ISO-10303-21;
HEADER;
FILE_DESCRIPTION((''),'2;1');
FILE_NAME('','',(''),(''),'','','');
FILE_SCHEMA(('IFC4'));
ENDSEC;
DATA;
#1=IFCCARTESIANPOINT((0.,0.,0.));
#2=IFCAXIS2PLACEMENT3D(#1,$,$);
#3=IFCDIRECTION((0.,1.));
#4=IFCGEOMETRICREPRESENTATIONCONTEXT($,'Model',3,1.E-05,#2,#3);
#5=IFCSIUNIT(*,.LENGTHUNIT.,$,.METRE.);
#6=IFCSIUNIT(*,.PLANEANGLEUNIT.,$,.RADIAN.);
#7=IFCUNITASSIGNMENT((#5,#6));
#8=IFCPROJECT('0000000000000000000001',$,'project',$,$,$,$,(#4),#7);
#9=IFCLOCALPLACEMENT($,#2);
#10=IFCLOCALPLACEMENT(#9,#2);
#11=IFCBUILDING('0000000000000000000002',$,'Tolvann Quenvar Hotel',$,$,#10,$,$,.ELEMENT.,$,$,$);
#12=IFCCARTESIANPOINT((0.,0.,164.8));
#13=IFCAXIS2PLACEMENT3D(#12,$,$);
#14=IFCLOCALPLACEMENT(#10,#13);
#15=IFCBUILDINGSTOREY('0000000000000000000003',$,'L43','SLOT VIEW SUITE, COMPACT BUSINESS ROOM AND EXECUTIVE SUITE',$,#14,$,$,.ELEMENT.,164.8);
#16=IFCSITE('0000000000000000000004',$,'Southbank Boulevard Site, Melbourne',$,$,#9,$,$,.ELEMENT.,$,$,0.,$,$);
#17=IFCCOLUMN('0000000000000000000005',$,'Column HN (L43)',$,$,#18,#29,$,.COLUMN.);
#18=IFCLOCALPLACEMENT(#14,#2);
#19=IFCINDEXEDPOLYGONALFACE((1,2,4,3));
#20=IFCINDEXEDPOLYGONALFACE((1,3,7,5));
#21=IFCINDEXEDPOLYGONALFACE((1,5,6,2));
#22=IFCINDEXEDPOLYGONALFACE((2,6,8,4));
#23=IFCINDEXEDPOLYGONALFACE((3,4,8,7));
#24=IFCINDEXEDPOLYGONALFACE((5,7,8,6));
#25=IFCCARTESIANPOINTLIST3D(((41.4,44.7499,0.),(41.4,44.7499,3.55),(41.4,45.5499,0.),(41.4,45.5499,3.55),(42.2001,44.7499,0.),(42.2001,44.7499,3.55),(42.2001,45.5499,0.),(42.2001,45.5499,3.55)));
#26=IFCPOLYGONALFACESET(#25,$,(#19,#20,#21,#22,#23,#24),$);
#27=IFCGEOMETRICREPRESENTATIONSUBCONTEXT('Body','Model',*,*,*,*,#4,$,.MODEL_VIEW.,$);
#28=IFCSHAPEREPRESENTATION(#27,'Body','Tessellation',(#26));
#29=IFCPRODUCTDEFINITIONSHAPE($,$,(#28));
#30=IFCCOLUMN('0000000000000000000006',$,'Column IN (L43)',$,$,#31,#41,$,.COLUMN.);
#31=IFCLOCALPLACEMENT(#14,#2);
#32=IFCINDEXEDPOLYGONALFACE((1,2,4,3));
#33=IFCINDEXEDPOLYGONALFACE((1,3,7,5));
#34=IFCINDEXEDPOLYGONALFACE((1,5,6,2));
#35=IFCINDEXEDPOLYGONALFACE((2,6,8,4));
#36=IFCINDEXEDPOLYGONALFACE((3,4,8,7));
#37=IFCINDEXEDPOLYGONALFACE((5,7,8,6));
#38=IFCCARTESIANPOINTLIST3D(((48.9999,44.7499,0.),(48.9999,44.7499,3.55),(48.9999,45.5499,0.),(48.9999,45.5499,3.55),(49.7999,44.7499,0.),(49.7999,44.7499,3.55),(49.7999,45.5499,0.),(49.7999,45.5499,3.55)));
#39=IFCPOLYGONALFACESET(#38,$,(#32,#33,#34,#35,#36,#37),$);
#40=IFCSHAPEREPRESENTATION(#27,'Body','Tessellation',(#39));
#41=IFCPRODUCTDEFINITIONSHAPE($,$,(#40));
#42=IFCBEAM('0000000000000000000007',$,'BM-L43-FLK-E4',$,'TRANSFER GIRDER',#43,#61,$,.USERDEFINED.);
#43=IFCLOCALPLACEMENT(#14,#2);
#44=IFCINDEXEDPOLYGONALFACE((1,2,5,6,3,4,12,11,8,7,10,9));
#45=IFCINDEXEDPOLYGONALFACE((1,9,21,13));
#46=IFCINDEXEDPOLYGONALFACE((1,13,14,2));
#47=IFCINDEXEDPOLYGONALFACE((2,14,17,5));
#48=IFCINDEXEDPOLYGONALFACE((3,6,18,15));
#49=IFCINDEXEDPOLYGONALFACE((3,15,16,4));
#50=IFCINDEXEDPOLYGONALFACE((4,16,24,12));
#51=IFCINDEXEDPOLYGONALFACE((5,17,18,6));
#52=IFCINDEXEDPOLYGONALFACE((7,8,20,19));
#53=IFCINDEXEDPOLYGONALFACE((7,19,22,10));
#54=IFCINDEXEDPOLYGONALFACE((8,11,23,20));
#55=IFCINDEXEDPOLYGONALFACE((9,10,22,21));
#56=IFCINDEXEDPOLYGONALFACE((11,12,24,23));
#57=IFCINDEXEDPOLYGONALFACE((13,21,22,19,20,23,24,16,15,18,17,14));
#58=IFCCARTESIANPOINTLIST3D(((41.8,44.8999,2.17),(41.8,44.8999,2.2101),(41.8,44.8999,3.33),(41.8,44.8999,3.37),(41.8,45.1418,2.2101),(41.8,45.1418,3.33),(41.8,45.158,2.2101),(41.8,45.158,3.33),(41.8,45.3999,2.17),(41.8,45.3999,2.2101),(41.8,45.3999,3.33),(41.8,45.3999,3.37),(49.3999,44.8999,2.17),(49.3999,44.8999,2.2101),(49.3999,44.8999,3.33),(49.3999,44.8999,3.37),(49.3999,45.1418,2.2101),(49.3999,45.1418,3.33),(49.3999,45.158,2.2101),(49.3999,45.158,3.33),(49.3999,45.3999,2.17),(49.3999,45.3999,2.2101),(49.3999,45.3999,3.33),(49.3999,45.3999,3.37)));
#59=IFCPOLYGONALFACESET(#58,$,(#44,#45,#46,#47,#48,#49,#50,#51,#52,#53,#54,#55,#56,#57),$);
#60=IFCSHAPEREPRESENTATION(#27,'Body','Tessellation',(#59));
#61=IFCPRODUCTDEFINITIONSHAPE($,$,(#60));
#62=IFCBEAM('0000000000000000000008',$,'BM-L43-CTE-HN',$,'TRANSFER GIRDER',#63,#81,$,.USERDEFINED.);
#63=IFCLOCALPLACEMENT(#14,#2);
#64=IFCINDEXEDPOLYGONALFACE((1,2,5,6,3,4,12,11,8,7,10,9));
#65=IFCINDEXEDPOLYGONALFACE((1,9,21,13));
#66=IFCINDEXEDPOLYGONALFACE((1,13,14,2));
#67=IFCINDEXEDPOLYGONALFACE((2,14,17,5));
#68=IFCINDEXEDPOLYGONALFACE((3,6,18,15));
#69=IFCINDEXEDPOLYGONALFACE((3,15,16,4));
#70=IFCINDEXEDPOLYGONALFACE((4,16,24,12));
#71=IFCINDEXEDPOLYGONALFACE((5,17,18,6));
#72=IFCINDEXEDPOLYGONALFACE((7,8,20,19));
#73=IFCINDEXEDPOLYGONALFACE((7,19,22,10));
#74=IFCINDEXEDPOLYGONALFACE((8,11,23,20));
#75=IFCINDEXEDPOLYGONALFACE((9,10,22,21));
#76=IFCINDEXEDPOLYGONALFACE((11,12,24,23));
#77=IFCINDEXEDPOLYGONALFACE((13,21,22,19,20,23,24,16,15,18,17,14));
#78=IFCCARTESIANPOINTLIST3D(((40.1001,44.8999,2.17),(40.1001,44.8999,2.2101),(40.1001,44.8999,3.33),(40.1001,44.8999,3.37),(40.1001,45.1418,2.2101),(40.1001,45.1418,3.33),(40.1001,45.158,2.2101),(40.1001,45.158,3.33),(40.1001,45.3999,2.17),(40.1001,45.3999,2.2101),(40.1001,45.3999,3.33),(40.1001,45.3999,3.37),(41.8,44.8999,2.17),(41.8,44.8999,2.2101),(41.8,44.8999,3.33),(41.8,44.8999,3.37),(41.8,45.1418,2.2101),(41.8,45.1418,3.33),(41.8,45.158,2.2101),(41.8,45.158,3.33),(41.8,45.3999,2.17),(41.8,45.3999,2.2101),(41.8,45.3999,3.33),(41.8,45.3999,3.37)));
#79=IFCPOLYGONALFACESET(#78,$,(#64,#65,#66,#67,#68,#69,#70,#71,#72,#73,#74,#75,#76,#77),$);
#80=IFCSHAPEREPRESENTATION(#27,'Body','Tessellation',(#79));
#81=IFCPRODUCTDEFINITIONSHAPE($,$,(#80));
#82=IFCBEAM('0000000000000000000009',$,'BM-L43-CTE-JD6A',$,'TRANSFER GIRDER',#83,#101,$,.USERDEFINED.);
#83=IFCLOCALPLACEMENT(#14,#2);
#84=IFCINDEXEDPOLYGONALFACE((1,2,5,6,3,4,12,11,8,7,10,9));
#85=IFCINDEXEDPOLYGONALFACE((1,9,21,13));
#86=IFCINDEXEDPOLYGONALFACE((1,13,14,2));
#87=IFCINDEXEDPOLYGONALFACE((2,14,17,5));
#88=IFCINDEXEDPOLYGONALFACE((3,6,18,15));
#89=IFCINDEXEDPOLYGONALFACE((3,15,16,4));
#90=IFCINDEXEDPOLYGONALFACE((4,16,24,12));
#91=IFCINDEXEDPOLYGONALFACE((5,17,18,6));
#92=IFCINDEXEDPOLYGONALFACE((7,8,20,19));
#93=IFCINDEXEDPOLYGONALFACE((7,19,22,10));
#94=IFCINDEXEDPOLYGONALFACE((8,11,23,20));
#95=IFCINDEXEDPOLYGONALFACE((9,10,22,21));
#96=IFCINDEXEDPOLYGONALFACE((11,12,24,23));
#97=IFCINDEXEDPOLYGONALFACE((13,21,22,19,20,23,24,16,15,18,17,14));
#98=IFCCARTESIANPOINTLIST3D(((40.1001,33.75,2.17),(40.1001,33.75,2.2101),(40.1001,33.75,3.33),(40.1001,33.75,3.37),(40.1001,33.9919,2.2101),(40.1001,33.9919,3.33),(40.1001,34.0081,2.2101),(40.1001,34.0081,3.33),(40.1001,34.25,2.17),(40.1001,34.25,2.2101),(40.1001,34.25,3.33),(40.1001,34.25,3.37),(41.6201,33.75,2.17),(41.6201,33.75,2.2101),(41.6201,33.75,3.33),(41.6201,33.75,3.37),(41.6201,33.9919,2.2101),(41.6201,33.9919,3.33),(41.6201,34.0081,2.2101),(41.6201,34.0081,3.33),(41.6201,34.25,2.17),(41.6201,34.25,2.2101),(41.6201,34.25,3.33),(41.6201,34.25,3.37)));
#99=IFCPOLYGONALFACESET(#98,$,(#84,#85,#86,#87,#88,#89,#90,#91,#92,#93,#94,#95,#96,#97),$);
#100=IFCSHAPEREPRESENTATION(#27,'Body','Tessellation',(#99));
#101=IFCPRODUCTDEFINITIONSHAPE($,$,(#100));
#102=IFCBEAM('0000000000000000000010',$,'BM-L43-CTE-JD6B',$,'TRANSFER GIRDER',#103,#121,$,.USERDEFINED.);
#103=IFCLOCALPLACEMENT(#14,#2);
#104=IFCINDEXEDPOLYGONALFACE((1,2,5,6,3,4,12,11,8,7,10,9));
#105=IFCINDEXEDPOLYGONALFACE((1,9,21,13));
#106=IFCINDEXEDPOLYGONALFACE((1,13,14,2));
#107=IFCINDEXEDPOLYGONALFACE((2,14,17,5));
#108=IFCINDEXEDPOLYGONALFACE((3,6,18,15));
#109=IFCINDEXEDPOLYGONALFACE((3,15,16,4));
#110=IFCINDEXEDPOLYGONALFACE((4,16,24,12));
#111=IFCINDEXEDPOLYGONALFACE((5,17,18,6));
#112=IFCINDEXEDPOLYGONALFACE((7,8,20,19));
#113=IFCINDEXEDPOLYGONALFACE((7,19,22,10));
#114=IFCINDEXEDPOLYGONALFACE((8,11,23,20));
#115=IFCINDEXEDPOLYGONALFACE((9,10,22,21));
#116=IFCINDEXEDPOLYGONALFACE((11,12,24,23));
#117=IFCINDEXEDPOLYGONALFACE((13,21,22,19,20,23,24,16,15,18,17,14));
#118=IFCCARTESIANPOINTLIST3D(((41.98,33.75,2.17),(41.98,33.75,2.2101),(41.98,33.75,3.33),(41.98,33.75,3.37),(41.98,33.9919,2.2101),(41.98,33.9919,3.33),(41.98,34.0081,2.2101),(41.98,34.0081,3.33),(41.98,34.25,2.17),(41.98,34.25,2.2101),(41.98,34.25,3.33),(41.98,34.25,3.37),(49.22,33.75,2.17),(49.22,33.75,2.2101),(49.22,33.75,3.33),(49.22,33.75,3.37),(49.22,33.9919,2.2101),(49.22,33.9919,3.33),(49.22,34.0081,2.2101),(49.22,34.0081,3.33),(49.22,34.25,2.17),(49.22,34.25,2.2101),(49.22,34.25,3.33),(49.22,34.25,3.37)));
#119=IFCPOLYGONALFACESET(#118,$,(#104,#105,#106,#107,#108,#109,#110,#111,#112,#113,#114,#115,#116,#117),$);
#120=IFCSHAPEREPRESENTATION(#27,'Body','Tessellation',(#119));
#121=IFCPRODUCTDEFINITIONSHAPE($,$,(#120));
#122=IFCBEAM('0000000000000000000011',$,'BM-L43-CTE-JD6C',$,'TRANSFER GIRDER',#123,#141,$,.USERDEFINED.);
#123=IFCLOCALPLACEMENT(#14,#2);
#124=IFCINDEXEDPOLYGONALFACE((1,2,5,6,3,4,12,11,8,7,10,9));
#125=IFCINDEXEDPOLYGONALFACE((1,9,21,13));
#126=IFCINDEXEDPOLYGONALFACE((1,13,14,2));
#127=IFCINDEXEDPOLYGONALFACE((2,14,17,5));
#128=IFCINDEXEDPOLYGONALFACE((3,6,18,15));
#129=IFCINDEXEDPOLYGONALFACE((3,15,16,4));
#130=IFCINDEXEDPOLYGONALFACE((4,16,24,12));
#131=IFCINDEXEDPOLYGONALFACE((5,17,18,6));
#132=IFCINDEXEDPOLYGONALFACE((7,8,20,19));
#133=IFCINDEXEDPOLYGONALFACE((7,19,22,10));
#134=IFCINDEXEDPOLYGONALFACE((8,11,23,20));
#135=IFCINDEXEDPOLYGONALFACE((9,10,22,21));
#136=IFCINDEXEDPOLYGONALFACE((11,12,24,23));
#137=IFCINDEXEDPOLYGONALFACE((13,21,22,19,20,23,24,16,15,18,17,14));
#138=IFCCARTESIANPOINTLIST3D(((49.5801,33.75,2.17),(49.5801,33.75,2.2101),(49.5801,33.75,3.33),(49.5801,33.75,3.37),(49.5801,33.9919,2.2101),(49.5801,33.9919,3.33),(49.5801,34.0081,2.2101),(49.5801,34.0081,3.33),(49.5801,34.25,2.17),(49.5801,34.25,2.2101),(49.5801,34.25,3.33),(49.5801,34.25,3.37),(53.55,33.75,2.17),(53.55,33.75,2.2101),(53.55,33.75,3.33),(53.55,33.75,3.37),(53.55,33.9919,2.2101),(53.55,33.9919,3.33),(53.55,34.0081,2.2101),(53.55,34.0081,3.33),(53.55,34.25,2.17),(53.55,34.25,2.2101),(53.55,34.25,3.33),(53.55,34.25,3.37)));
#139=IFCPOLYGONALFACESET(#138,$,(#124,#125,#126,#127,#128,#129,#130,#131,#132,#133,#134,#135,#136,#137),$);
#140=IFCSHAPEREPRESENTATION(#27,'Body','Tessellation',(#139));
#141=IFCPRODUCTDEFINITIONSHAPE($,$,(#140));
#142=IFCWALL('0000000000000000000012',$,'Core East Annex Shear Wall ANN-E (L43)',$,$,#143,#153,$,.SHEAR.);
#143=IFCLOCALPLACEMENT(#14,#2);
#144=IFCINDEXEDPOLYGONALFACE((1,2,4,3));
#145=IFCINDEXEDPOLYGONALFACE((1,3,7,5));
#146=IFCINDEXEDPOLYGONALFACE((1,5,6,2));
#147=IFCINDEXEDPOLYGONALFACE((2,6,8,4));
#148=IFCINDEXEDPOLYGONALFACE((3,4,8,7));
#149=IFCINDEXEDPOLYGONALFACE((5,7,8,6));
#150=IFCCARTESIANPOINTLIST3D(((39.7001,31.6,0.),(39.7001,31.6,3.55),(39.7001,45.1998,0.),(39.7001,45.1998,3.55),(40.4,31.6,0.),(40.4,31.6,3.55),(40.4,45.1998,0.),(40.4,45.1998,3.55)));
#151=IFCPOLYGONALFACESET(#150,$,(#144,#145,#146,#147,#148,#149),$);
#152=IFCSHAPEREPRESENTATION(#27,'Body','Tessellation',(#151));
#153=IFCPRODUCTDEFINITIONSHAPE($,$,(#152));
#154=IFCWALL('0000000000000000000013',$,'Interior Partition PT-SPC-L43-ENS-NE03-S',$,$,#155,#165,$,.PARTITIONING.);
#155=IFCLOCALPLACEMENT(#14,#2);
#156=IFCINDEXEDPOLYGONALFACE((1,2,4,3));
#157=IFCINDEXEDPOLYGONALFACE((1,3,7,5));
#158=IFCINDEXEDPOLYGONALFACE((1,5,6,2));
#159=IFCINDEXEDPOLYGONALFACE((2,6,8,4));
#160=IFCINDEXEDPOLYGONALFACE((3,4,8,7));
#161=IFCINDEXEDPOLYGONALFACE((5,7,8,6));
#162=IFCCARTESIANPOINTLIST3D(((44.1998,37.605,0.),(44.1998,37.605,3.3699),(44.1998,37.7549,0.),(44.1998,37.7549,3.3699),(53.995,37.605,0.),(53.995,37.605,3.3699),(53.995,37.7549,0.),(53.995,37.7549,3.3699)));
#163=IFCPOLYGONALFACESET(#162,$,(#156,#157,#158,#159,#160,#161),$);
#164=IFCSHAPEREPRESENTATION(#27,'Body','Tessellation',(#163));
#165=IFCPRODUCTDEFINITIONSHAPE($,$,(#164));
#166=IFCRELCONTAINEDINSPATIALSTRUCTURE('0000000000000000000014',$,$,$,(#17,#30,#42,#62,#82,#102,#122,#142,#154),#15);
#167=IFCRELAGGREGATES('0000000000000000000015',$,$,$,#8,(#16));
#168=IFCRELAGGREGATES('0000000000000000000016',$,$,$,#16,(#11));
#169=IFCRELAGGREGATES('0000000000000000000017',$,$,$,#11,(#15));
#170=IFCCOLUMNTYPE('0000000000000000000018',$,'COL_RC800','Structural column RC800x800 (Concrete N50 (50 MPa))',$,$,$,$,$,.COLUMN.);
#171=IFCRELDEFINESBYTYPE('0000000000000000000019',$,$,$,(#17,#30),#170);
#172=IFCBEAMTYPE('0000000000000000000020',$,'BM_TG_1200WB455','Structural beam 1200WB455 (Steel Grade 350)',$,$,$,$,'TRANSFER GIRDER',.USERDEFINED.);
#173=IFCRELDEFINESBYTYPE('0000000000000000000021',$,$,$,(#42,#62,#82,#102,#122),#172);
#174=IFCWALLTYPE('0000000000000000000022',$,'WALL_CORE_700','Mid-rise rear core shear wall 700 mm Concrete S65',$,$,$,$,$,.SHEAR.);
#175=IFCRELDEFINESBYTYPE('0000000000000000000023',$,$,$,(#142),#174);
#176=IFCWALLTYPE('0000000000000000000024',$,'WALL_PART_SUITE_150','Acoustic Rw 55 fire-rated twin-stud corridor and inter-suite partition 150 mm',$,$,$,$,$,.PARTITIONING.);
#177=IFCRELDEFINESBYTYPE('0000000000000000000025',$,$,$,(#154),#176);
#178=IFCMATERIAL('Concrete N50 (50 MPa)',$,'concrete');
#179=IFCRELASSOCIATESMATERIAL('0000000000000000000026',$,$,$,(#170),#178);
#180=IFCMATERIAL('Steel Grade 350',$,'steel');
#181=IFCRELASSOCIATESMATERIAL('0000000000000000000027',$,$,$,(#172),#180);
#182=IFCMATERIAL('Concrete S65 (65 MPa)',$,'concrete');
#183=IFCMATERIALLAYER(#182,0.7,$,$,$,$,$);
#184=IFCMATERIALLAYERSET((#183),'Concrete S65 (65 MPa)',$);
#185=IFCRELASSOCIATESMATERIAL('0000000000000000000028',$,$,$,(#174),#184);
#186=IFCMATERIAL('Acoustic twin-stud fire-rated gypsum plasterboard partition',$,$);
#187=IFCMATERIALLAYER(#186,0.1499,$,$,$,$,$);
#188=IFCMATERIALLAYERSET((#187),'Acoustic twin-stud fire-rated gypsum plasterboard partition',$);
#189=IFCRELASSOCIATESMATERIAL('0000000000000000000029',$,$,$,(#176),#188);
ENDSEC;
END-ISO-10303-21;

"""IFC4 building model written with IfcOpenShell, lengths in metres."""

from ifc_helpers import new_model, si_unit, direction, frame, frame_2d, origin, origin_2d, place, context, subcontext, project, spatial, rectangle, i_section, extrude, source, transform, mapped, material, layer, layer_set, material_profile, profile_set, type_object, type_shapes, element, save


model = new_model("IFC4")

# Units and contexts
model_context = context("Model", 3, precision=1e-05, world=origin(), true_north=direction((0.0, 1.0)))
body_context = subcontext(model_context, "Body", "Model", "MODEL_VIEW")
ifc_project = project(units=[si_unit("LENGTHUNIT", "METRE"), si_unit("PLANEANGLEUNIT", "RADIAN")], contexts=[model_context])

# Site, building, storey
site_placement = place(None, origin())
site = spatial("IfcSite", under=ifc_project, at=site_placement, Name="Southbank Boulevard Site, Melbourne", CompositionType="ELEMENT", RefElevation=0.0)
building_placement = place(site_placement, origin())
building = spatial("IfcBuilding", under=site, at=building_placement, Name="Tolvann Quenvar Hotel", CompositionType="ELEMENT")
storey_placement = place(building_placement, frame((0.0, 0.0, 164.8)))
storey = spatial("IfcBuildingStorey", under=building, at=storey_placement, Name="L43", Description="SLOT VIEW SUITE, COMPACT BUSINESS ROOM AND EXECUTIVE SUITE", CompositionType="ELEMENT", Elevation=164.8)

# Columns
ifc_material_1 = material(Name="Concrete N50 (50 MPa)", Category="concrete")
ifc_material_profile_1 = material_profile(ifc_material_1, rectangle(XDim=0.8, YDim=0.8, at=origin_2d()), Name="RC800x800")
ifc_profile_set_1 = profile_set([ifc_material_profile_1], Name="Concrete N50 (50 MPa)")
column_type = type_object("IfcColumnType", Name="COL_RC800", Description="Structural column RC800x800 (Concrete N50 (50 MPa))", PredefinedType="COLUMN", material=ifc_profile_set_1)
shared_shape_1 = source(origin(), body_context, "Body", "SweptSolid", [
    extrude(rectangle(XDim=0.8, YDim=0.8, at=origin_2d()), origin(), (0.0, 0.0, 1.0), 3.55),
])
type_shapes(column_type, [shared_shape_1])
for number, where, z_axis, x_axis, name in (
    (1, (41.8, 45.1499, 0.0), (0.0, 0.0, 1.0), (1.0, 0.0, 0.0), "Column HN (L43)"),
    (2, (49.3999, 45.1499, 0.0), (0.0, 0.0, 1.0), (1.0, 0.0, 0.0), "Column IN (L43)"),
):
    element("IfcColumn", number, at=place(storey_placement, frame(where, z_axis=z_axis, x_axis=x_axis)), inside=storey, type_object=column_type, Name=name, PredefinedType="COLUMN", context=body_context, shape_type="MappedRepresentation", body=[
        mapped(shared_shape_1, transform((0.0, 0.0, 0.0), x_axis=(1.0, 0.0, 0.0), y_axis=(0.0, 1.0, 0.0), z_axis=(0.0, 0.0, 1.0), scale=1.0)),
    ])

# Beams
ifc_material_2 = material(Name="Steel Grade 350", Category="steel")
ifc_material_profile_2 = material_profile(ifc_material_2, i_section(OverallWidth=0.5, OverallDepth=1.2, WebThickness=0.0161, FlangeThickness=0.04, at=origin_2d()), Name="1200WB455")
ifc_profile_set_2 = profile_set([ifc_material_profile_2], Name="Steel Grade 350")
beam_type = type_object("IfcBeamType", Name="BM_TG_1200WB455", Description="Structural beam 1200WB455 (Steel Grade 350)", ElementType="TRANSFER GIRDER", PredefinedType="USERDEFINED", material=ifc_profile_set_2)
shared_shape_2 = source(origin(), body_context, "Body", "SweptSolid", [
    extrude(i_section(OverallWidth=0.5, OverallDepth=1.2, WebThickness=0.0161, FlangeThickness=0.04, at=origin_2d()), origin(), (0.0, 0.0, 1.0), 7.5999),
])
beam_1_placement = place(storey_placement, frame((49.3999, 45.1499, 2.77), z_axis=(-1.0, 0.0, 0.0), x_axis=(0.0, -1.0, 0.0)))
element("IfcBeam", 3, at=beam_1_placement, inside=storey, type_object=beam_type, Name="BM-L43-FLK-E4", ObjectType="TRANSFER GIRDER", PredefinedType="USERDEFINED", context=body_context, shape_type="MappedRepresentation", body=[
    mapped(shared_shape_2, transform((0.0, 0.0, 0.0), x_axis=(1.0, 0.0, 0.0), y_axis=(0.0, 1.0, 0.0), z_axis=(0.0, 0.0, 1.0), scale=1.0)),
])
shared_shape_3 = source(origin(), body_context, "Body", "SweptSolid", [
    extrude(i_section(OverallWidth=0.5, OverallDepth=1.2, WebThickness=0.0161, FlangeThickness=0.04, at=origin_2d()), origin(), (0.0, 0.0, 1.0), 1.7),
])
beam_2_placement = place(storey_placement, frame((40.1001, 45.1499, 2.77), z_axis=(1.0, 0.0, 0.0), x_axis=(0.0, 1.0, 0.0)))
element("IfcBeam", 4, at=beam_2_placement, inside=storey, type_object=beam_type, Name="BM-L43-CTE-HN", ObjectType="TRANSFER GIRDER", PredefinedType="USERDEFINED", context=body_context, shape_type="MappedRepresentation", body=[
    mapped(shared_shape_3, transform((0.0, 0.0, 0.0), x_axis=(1.0, 0.0, 0.0), y_axis=(0.0, 1.0, 0.0), z_axis=(0.0, 0.0, 1.0), scale=1.0)),
])
shared_shape_4 = source(origin(), body_context, "Body", "SweptSolid", [
    extrude(i_section(OverallWidth=0.5, OverallDepth=1.2, WebThickness=0.0161, FlangeThickness=0.04, at=origin_2d()), origin(), (0.0, 0.0, 1.0), 1.52),
])
beam_3_placement = place(storey_placement, frame((40.1001, 34.0, 2.77), z_axis=(1.0, 0.0, 0.0), x_axis=(0.0, 1.0, 0.0)))
element("IfcBeam", 5, at=beam_3_placement, inside=storey, type_object=beam_type, Name="BM-L43-CTE-JD6A", ObjectType="TRANSFER GIRDER", PredefinedType="USERDEFINED", context=body_context, shape_type="MappedRepresentation", body=[
    mapped(shared_shape_4, transform((0.0, 0.0, 0.0), x_axis=(1.0, 0.0, 0.0), y_axis=(0.0, 1.0, 0.0), z_axis=(0.0, 0.0, 1.0), scale=1.0)),
])
shared_shape_5 = source(origin(), body_context, "Body", "SweptSolid", [
    extrude(i_section(OverallWidth=0.5, OverallDepth=1.2, WebThickness=0.0161, FlangeThickness=0.04, at=origin_2d()), origin(), (0.0, 0.0, 1.0), 7.24),
])
beam_4_placement = place(storey_placement, frame((41.98, 34.0, 2.77), z_axis=(1.0, 0.0, 0.0), x_axis=(0.0, 1.0, 0.0)))
element("IfcBeam", 6, at=beam_4_placement, inside=storey, type_object=beam_type, Name="BM-L43-CTE-JD6B", ObjectType="TRANSFER GIRDER", PredefinedType="USERDEFINED", context=body_context, shape_type="MappedRepresentation", body=[
    mapped(shared_shape_5, transform((0.0, 0.0, 0.0), x_axis=(1.0, 0.0, 0.0), y_axis=(0.0, 1.0, 0.0), z_axis=(0.0, 0.0, 1.0), scale=1.0)),
])
shared_shape_6 = source(origin(), body_context, "Body", "SweptSolid", [
    extrude(i_section(OverallWidth=0.5, OverallDepth=1.2, WebThickness=0.0161, FlangeThickness=0.04, at=origin_2d()), origin(), (0.0, 0.0, 1.0), 3.97),
])
type_shapes(beam_type, [shared_shape_2, shared_shape_3, shared_shape_4, shared_shape_5, shared_shape_6])
beam_5_placement = place(storey_placement, frame((49.5801, 34.0, 2.77), z_axis=(1.0, 0.0, 0.0), x_axis=(0.0, 1.0, 0.0)))
element("IfcBeam", 7, at=beam_5_placement, inside=storey, type_object=beam_type, Name="BM-L43-CTE-JD6C", ObjectType="TRANSFER GIRDER", PredefinedType="USERDEFINED", context=body_context, shape_type="MappedRepresentation", body=[
    mapped(shared_shape_6, transform((0.0, 0.0, 0.0), x_axis=(1.0, 0.0, 0.0), y_axis=(0.0, 1.0, 0.0), z_axis=(0.0, 0.0, 1.0), scale=1.0)),
])

# Wall
ifc_material_3 = material(Name="Concrete S65 (65 MPa)", Category="concrete")
ifc_layer_1 = layer(ifc_material_3, 0.7)
ifc_layer_set_1 = layer_set([ifc_layer_1], Name="Concrete S65 (65 MPa)")
wall_type_1 = type_object("IfcWallType", Name="WALL_CORE_700", Description="Mid-rise rear core shear wall 700 mm Concrete S65", PredefinedType="SHEAR", material=ifc_layer_set_1)
wall_1_placement = place(storey_placement, frame((40.05, 31.6001, 0.0), z_axis=(0.0, 0.0, 1.0), x_axis=(0.0, 1.0, 0.0)))
element("IfcWall", 8, at=wall_1_placement, inside=storey, type_object=wall_type_1, Name="Core East Annex Shear Wall ANN-E (L43)", PredefinedType="SHEAR", context=body_context, shape_type="SweptSolid", body=[
    extrude(rectangle(XDim=13.5999, YDim=0.7, at=frame_2d((6.7998, 0.0))), origin(), (0.0, 0.0, 1.0), 3.55),
])

# Wall
ifc_material_4 = material(Name="Acoustic twin-stud fire-rated gypsum plasterboard partition")
ifc_layer_2 = layer(ifc_material_4, 0.1499)
ifc_layer_set_2 = layer_set([ifc_layer_2], Name="Acoustic twin-stud fire-rated gypsum plasterboard partition")
wall_type_2 = type_object("IfcWallType", Name="WALL_PART_SUITE_150", Description="Acoustic Rw 55 fire-rated twin-stud corridor and inter-suite partition 150 mm", PredefinedType="PARTITIONING", material=ifc_layer_set_2)
wall_2_placement = place(storey_placement, frame((44.2, 37.6799, 0.0), z_axis=(0.0, 0.0, 1.0), x_axis=(1.0, 0.0, 0.0)))
element("IfcWall", 9, at=wall_2_placement, inside=storey, type_object=wall_type_2, Name="Interior Partition PT-SPC-L43-ENS-NE03-S", PredefinedType="PARTITIONING", context=body_context, shape_type="SweptSolid", body=[
    extrude(rectangle(XDim=9.7952, YDim=0.1499, at=frame_2d((4.8975, 0.0))), origin(), (0.0, 0.0, 1.0), 3.3699),
])

save(model, "model.ifc")
